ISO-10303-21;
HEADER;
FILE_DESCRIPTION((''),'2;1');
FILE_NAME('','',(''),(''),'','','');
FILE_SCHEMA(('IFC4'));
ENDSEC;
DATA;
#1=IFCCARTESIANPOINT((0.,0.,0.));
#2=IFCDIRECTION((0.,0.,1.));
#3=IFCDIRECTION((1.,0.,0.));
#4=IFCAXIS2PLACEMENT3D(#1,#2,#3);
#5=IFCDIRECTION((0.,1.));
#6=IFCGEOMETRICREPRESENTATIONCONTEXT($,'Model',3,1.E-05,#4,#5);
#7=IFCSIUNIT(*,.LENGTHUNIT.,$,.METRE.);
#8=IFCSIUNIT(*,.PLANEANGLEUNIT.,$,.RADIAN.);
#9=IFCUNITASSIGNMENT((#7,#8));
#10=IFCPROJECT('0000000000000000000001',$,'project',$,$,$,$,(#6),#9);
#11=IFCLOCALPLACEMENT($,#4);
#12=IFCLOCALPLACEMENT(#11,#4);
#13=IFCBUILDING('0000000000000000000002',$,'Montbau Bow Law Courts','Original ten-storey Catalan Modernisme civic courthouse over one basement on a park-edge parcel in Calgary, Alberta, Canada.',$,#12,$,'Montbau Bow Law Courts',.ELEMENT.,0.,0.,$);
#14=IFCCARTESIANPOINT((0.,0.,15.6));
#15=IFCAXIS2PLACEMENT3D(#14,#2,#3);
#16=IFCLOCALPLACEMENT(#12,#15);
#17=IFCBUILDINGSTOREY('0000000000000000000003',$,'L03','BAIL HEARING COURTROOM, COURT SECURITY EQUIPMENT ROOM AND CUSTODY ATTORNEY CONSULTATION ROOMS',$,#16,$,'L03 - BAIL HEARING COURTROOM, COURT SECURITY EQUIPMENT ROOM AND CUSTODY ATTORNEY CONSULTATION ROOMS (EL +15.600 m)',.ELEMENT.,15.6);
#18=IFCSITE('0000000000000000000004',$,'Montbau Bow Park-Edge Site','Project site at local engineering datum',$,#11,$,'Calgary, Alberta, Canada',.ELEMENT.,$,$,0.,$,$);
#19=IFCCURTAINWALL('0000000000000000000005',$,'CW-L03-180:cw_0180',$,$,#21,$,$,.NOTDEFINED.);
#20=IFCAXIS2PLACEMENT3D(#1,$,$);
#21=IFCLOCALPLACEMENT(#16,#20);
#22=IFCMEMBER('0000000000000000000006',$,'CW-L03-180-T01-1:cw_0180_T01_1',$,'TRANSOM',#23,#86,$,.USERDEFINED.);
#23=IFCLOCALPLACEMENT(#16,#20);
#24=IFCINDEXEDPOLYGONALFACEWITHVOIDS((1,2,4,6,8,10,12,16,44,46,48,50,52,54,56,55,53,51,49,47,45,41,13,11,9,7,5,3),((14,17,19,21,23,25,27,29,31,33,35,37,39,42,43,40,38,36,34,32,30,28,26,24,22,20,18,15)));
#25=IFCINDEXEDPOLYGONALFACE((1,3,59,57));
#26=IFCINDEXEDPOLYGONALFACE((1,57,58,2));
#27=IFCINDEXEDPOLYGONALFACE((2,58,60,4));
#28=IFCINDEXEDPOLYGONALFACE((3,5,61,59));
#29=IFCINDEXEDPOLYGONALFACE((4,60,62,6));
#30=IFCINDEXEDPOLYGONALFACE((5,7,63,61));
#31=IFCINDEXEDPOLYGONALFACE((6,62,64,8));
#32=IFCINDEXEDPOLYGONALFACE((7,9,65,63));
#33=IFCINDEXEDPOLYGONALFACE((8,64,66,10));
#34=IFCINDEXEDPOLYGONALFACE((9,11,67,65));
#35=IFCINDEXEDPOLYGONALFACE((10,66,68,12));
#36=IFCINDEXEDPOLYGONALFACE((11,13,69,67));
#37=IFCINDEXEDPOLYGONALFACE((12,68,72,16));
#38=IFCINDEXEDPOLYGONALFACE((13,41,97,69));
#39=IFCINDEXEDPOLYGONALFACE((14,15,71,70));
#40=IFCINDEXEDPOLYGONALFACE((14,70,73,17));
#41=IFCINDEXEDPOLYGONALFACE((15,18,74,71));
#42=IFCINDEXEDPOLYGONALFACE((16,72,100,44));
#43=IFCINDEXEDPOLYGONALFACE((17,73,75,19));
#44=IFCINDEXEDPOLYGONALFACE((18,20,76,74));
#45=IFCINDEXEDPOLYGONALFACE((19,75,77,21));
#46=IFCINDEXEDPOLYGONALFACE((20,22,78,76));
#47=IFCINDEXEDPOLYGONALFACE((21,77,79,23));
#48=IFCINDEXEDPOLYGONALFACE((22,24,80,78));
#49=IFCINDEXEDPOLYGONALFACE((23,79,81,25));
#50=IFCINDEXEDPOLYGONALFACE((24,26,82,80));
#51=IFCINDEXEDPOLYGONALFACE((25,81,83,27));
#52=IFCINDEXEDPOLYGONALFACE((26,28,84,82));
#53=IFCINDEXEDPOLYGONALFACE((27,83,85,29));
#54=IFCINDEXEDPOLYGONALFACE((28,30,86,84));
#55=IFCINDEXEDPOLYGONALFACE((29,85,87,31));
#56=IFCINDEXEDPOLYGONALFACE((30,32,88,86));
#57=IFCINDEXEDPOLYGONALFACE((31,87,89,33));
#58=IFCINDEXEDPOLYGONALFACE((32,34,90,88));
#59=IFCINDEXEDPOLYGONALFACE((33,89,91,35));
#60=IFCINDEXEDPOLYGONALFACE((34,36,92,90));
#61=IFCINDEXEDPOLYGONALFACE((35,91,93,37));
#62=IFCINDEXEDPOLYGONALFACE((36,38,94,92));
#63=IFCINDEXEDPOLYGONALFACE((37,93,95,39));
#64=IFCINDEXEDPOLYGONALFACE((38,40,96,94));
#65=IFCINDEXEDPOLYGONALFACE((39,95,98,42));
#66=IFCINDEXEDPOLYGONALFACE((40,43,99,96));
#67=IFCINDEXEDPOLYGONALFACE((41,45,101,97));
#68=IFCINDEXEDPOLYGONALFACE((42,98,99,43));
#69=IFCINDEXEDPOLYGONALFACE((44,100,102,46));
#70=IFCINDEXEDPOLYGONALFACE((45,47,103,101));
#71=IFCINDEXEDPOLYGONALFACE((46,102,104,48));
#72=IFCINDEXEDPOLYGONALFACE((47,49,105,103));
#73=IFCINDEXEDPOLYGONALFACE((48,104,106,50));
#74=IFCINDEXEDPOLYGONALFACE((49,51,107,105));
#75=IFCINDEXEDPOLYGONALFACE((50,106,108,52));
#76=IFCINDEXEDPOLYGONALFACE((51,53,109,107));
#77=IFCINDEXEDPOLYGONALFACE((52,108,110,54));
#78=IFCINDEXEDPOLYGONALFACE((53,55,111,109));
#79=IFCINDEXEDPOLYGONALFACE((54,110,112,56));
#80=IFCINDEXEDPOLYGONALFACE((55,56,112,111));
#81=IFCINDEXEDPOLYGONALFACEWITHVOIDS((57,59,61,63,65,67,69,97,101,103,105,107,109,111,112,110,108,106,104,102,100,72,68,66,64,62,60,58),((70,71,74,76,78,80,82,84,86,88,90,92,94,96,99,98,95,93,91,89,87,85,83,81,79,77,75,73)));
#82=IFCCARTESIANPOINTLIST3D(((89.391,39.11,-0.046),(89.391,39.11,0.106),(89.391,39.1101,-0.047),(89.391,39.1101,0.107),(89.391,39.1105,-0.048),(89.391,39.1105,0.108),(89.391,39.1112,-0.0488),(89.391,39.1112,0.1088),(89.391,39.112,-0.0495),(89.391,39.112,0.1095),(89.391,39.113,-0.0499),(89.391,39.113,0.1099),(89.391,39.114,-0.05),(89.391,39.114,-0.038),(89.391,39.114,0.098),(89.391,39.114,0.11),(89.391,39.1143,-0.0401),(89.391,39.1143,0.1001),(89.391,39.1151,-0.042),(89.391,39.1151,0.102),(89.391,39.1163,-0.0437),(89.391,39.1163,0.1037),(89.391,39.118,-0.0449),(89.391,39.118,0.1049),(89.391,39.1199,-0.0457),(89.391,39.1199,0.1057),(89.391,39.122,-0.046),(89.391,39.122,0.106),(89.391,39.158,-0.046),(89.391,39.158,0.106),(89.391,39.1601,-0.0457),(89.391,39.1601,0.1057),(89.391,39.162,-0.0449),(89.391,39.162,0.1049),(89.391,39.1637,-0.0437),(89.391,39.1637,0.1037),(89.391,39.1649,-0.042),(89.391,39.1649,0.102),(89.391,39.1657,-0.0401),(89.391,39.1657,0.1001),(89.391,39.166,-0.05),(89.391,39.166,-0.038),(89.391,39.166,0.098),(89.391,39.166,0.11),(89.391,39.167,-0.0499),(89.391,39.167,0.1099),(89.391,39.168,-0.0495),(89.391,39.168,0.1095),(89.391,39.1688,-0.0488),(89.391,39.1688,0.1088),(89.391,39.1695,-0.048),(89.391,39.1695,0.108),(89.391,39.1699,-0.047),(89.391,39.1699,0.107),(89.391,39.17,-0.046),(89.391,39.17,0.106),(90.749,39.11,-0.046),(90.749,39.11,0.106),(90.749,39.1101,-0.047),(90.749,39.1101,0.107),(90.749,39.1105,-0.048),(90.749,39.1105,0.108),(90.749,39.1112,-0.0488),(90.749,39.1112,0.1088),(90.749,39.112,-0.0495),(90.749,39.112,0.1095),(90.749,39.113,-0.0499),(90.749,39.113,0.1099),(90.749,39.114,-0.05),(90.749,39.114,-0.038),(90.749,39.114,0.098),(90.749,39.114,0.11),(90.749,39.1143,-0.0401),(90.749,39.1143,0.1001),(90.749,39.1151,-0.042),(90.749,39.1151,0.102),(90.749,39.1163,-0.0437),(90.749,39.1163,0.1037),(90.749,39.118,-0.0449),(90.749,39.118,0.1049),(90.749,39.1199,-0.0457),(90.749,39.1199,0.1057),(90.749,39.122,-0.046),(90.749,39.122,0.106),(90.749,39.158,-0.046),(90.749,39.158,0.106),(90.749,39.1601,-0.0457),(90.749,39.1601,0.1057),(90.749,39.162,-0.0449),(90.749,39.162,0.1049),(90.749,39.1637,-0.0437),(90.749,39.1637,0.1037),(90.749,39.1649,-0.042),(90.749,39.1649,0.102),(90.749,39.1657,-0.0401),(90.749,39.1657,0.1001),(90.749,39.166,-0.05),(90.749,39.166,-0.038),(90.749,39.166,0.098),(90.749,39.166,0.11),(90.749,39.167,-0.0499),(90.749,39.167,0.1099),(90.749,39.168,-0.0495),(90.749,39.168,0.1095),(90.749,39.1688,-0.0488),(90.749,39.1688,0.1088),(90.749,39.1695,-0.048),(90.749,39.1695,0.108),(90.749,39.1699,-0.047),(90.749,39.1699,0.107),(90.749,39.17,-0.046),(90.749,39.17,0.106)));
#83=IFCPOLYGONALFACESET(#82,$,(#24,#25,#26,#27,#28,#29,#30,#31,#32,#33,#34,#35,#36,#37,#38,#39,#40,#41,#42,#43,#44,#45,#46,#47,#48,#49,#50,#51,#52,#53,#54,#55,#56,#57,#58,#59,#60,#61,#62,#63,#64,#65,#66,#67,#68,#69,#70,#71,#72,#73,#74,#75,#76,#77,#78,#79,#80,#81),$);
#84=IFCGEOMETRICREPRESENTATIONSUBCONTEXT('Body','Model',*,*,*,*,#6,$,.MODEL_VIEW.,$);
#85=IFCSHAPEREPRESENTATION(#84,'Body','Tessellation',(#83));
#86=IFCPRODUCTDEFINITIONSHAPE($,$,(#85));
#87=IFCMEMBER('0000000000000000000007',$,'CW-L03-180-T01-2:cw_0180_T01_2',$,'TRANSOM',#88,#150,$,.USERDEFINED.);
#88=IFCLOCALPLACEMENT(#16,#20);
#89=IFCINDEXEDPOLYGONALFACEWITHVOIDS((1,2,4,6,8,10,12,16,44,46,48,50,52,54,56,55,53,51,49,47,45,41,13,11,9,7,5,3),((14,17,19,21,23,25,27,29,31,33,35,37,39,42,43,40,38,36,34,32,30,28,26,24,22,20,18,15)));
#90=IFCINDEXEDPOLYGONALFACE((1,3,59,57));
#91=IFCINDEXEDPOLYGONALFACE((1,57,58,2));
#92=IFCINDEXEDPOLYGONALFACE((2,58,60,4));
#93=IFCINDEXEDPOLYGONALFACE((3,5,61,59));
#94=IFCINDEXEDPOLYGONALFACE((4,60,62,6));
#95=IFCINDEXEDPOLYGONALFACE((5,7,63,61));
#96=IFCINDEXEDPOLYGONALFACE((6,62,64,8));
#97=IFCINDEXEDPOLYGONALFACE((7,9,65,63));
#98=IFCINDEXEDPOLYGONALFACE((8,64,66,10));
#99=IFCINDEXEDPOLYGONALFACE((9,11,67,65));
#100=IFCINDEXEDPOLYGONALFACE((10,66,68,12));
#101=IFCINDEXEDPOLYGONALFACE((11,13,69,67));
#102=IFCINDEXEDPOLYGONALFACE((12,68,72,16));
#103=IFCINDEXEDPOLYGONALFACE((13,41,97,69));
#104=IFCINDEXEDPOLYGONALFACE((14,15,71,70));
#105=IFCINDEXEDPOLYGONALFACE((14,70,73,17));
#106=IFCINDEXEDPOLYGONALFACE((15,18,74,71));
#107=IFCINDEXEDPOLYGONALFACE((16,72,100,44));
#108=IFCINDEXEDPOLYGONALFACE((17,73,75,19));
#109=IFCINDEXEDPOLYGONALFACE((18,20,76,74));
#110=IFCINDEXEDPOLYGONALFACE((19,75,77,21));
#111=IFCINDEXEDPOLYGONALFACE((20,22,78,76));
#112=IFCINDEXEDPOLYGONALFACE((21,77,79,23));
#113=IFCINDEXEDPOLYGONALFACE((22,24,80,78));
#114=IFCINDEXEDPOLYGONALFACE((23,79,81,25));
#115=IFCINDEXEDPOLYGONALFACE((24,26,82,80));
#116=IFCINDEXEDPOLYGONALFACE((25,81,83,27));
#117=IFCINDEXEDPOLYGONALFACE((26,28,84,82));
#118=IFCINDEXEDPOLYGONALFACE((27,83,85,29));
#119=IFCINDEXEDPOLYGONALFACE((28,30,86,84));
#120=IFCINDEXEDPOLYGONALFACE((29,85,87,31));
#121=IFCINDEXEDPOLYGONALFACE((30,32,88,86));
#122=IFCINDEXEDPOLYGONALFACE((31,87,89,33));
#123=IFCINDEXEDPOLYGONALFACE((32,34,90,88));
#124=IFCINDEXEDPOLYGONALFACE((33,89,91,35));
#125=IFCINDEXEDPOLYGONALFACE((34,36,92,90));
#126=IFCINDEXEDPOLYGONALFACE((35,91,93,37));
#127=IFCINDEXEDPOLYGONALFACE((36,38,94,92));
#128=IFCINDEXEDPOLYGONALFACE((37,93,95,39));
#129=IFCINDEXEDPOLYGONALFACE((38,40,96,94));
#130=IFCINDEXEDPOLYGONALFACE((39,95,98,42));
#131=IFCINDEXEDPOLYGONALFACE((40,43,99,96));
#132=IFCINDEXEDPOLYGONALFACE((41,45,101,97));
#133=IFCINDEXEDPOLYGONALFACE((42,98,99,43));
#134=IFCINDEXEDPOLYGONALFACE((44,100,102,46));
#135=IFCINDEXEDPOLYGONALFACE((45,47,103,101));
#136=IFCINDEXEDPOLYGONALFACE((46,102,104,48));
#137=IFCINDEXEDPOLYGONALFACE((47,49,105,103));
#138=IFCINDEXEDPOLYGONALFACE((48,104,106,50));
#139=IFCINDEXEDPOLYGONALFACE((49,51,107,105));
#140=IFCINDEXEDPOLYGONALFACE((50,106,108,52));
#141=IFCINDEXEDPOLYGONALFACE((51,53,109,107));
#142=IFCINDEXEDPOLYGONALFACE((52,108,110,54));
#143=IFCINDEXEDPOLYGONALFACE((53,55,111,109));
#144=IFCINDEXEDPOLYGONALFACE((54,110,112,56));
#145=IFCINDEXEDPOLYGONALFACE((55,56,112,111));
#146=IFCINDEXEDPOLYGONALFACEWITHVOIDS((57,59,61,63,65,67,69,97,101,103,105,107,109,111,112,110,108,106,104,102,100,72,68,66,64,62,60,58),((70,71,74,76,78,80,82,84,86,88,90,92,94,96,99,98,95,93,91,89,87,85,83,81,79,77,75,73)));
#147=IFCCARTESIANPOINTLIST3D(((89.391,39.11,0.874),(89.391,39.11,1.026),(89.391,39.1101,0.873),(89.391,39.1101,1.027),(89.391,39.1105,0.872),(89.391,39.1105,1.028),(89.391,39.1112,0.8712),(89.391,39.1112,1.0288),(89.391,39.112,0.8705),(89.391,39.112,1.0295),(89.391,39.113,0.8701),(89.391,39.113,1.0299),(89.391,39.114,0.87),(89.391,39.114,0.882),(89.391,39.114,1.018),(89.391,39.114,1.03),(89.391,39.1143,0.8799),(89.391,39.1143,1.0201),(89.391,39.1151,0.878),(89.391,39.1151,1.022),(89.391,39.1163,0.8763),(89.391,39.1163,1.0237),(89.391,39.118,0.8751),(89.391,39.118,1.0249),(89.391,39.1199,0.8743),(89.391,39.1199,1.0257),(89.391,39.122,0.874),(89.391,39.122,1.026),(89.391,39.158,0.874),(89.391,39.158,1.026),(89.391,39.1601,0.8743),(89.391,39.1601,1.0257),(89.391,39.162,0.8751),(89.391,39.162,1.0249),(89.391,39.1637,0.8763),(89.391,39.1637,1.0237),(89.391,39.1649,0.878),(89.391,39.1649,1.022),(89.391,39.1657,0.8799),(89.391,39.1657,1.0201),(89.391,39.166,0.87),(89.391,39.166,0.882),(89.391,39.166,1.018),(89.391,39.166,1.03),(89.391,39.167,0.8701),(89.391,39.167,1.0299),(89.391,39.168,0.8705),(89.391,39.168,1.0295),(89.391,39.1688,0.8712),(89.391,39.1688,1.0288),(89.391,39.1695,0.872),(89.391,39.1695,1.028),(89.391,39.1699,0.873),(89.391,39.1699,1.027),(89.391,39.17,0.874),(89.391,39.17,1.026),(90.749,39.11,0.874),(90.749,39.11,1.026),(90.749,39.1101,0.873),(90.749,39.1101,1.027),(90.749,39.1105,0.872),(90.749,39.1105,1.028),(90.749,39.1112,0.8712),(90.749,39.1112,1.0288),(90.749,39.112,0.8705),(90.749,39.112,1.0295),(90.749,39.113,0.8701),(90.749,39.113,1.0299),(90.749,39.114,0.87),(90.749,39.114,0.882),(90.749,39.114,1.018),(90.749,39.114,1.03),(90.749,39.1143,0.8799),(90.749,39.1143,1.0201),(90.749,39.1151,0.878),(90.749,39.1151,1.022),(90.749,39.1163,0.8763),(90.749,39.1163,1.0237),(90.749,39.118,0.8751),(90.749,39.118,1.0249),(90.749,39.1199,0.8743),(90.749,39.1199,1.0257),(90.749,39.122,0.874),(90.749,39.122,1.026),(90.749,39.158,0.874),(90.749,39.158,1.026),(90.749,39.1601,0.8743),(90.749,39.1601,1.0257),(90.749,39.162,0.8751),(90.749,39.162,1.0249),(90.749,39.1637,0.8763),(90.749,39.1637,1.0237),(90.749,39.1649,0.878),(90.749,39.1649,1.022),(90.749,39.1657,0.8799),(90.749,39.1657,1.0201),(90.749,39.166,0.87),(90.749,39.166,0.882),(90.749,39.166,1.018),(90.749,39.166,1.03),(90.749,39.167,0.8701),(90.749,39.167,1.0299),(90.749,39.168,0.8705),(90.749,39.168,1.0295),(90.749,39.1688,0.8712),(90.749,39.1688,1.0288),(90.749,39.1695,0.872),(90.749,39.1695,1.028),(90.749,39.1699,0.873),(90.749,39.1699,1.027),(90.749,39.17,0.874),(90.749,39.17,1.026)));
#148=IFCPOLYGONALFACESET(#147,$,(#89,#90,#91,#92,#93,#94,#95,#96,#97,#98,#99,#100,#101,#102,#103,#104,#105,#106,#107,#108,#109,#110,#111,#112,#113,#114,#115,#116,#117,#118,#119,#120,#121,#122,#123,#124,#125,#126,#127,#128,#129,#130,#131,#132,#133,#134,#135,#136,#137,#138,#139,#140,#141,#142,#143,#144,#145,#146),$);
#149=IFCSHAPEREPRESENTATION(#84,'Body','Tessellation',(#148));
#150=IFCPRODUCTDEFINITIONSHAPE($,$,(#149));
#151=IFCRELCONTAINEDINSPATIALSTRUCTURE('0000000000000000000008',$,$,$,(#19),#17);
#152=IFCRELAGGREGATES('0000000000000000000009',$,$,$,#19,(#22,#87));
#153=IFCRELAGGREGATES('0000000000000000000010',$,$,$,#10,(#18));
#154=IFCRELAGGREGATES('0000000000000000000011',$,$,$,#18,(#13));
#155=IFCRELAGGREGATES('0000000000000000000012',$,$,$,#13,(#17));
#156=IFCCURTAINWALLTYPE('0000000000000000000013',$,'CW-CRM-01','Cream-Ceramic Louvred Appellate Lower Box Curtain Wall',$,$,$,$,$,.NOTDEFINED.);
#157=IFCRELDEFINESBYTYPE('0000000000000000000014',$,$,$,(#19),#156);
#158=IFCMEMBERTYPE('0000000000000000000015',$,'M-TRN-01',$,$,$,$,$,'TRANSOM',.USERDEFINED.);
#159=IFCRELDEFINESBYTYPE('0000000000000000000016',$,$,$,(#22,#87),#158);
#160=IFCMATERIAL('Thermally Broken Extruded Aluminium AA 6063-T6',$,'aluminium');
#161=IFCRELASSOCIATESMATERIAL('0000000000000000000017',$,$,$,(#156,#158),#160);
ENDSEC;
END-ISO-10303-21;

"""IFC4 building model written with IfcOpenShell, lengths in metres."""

from ifc_helpers import new_model, si_unit, direction, frame, origin_with_axes, origin_2d_with_axis, place, context, subcontext, project, spatial, hollow_rectangle, extrude, material, material_profile, profile_set, type_object, element, aggregate, save


model = new_model("IFC4")

# Units and contexts
model_context = context("Model", 3, precision=1e-05, world=origin_with_axes(), true_north=direction((0.0, 1.0)))
body_context = subcontext(model_context, "Body", "Model", "MODEL_VIEW")
ifc_project = project(units=[si_unit("LENGTHUNIT", "METRE"), si_unit("PLANEANGLEUNIT", "RADIAN")], contexts=[model_context])

# Site, building, storey
site_placement = place(None, origin_with_axes())
site = spatial("IfcSite", under=ifc_project, at=site_placement, Name="Montbau Bow Park-Edge Site", Description="Project site at local engineering datum", LongName="Calgary, Alberta, Canada", CompositionType="ELEMENT", RefElevation=0.0)
building_placement = place(site_placement, origin_with_axes())
building = spatial("IfcBuilding", under=site, at=building_placement, Name="Montbau Bow Law Courts", Description="Original ten-storey Catalan Modernisme civic courthouse over one basement on a park-edge parcel in Calgary, Alberta, Canada.", LongName="Montbau Bow Law Courts", CompositionType="ELEMENT", ElevationOfRefHeight=0.0, ElevationOfTerrain=0.0)
storey_placement = place(building_placement, frame((0.0, 0.0, 15.6), z_axis=(0.0, 0.0, 1.0), x_axis=(1.0, 0.0, 0.0)))
storey = spatial("IfcBuildingStorey", under=building, at=storey_placement, Name="L03", Description="BAIL HEARING COURTROOM, COURT SECURITY EQUIPMENT ROOM AND CUSTODY ATTORNEY CONSULTATION ROOMS", LongName="L03 - BAIL HEARING COURTROOM, COURT SECURITY EQUIPMENT ROOM AND CUSTODY ATTORNEY CONSULTATION ROOMS (EL +15.600 m)", CompositionType="ELEMENT", Elevation=15.6)

# Curtain wall, members
ifc_material_1 = material(Name="Thermally Broken Extruded Aluminium AA 6063-T6", Category="aluminium")
curtain_wall_type = type_object("IfcCurtainWallType", Name="CW-CRM-01", Description="Cream-Ceramic Louvred Appellate Lower Box Curtain Wall", PredefinedType="NOTDEFINED", material=ifc_material_1)
curtain_wall_placement = place(None, frame((89.315, 39.14, 15.6), z_axis=(0.0, 0.0, 1.0), x_axis=(1.0, 0.0, 0.0)))
curtain_wall = element("IfcCurtainWall", 1, at=curtain_wall_placement, inside=storey, type_object=curtain_wall_type, Name="CW-L03-180:cw_0180", PredefinedType="NOTDEFINED")
ifc_material_profile_1 = material_profile(ifc_material_1, hollow_rectangle(XDim=0.06, YDim=0.16, WallThickness=0.004, InnerFilletRadius=0.008, OuterFilletRadius=0.004, at=origin_2d_with_axis()), Name="CWT-160X60", Category="Main", Priority=0)
ifc_profile_set_1 = profile_set([ifc_material_profile_1], Name="Thermally Broken Extruded Aluminium AA 6063-T6")
member_type_1 = type_object("IfcMemberType", Name="M-TRN-01", ElementType="TRANSOM", PredefinedType="USERDEFINED", material=ifc_profile_set_1)
member_1_placement = place(None, frame((89.391, 39.14, 15.63), z_axis=(1.0, 0.0, 0.0), x_axis=(0.0, 1.0, 0.0)))
member_1 = element("IfcMember", 2, at=member_1_placement, type_object=member_type_1, Name="CW-L03-180-T01-1:cw_0180_T01_1", ObjectType="TRANSOM", PredefinedType="USERDEFINED", context=body_context, shape_type="SweptSolid", body=[
    extrude(hollow_rectangle(XDim=0.06, YDim=0.16, WallThickness=0.004, InnerFilletRadius=0.008, OuterFilletRadius=0.004, at=origin_2d_with_axis()), origin_with_axes(), (0.0, 0.0, 1.0), 1.358),
])
member_2_placement = place(None, frame((89.391, 39.14, 16.55), z_axis=(1.0, 0.0, 0.0), x_axis=(0.0, 1.0, 0.0)))
member_2 = element("IfcMember", 3, at=member_2_placement, type_object=member_type_1, Name="CW-L03-180-T01-2:cw_0180_T01_2", ObjectType="TRANSOM", PredefinedType="USERDEFINED", context=body_context, shape_type="SweptSolid", body=[
    extrude(hollow_rectangle(XDim=0.06, YDim=0.16, WallThickness=0.004, InnerFilletRadius=0.008, OuterFilletRadius=0.004, at=origin_2d_with_axis()), origin_with_axes(), (0.0, 0.0, 1.0), 1.358),
])
aggregate(curtain_wall, [member_1, member_2])

save(model, "model.ifc")
